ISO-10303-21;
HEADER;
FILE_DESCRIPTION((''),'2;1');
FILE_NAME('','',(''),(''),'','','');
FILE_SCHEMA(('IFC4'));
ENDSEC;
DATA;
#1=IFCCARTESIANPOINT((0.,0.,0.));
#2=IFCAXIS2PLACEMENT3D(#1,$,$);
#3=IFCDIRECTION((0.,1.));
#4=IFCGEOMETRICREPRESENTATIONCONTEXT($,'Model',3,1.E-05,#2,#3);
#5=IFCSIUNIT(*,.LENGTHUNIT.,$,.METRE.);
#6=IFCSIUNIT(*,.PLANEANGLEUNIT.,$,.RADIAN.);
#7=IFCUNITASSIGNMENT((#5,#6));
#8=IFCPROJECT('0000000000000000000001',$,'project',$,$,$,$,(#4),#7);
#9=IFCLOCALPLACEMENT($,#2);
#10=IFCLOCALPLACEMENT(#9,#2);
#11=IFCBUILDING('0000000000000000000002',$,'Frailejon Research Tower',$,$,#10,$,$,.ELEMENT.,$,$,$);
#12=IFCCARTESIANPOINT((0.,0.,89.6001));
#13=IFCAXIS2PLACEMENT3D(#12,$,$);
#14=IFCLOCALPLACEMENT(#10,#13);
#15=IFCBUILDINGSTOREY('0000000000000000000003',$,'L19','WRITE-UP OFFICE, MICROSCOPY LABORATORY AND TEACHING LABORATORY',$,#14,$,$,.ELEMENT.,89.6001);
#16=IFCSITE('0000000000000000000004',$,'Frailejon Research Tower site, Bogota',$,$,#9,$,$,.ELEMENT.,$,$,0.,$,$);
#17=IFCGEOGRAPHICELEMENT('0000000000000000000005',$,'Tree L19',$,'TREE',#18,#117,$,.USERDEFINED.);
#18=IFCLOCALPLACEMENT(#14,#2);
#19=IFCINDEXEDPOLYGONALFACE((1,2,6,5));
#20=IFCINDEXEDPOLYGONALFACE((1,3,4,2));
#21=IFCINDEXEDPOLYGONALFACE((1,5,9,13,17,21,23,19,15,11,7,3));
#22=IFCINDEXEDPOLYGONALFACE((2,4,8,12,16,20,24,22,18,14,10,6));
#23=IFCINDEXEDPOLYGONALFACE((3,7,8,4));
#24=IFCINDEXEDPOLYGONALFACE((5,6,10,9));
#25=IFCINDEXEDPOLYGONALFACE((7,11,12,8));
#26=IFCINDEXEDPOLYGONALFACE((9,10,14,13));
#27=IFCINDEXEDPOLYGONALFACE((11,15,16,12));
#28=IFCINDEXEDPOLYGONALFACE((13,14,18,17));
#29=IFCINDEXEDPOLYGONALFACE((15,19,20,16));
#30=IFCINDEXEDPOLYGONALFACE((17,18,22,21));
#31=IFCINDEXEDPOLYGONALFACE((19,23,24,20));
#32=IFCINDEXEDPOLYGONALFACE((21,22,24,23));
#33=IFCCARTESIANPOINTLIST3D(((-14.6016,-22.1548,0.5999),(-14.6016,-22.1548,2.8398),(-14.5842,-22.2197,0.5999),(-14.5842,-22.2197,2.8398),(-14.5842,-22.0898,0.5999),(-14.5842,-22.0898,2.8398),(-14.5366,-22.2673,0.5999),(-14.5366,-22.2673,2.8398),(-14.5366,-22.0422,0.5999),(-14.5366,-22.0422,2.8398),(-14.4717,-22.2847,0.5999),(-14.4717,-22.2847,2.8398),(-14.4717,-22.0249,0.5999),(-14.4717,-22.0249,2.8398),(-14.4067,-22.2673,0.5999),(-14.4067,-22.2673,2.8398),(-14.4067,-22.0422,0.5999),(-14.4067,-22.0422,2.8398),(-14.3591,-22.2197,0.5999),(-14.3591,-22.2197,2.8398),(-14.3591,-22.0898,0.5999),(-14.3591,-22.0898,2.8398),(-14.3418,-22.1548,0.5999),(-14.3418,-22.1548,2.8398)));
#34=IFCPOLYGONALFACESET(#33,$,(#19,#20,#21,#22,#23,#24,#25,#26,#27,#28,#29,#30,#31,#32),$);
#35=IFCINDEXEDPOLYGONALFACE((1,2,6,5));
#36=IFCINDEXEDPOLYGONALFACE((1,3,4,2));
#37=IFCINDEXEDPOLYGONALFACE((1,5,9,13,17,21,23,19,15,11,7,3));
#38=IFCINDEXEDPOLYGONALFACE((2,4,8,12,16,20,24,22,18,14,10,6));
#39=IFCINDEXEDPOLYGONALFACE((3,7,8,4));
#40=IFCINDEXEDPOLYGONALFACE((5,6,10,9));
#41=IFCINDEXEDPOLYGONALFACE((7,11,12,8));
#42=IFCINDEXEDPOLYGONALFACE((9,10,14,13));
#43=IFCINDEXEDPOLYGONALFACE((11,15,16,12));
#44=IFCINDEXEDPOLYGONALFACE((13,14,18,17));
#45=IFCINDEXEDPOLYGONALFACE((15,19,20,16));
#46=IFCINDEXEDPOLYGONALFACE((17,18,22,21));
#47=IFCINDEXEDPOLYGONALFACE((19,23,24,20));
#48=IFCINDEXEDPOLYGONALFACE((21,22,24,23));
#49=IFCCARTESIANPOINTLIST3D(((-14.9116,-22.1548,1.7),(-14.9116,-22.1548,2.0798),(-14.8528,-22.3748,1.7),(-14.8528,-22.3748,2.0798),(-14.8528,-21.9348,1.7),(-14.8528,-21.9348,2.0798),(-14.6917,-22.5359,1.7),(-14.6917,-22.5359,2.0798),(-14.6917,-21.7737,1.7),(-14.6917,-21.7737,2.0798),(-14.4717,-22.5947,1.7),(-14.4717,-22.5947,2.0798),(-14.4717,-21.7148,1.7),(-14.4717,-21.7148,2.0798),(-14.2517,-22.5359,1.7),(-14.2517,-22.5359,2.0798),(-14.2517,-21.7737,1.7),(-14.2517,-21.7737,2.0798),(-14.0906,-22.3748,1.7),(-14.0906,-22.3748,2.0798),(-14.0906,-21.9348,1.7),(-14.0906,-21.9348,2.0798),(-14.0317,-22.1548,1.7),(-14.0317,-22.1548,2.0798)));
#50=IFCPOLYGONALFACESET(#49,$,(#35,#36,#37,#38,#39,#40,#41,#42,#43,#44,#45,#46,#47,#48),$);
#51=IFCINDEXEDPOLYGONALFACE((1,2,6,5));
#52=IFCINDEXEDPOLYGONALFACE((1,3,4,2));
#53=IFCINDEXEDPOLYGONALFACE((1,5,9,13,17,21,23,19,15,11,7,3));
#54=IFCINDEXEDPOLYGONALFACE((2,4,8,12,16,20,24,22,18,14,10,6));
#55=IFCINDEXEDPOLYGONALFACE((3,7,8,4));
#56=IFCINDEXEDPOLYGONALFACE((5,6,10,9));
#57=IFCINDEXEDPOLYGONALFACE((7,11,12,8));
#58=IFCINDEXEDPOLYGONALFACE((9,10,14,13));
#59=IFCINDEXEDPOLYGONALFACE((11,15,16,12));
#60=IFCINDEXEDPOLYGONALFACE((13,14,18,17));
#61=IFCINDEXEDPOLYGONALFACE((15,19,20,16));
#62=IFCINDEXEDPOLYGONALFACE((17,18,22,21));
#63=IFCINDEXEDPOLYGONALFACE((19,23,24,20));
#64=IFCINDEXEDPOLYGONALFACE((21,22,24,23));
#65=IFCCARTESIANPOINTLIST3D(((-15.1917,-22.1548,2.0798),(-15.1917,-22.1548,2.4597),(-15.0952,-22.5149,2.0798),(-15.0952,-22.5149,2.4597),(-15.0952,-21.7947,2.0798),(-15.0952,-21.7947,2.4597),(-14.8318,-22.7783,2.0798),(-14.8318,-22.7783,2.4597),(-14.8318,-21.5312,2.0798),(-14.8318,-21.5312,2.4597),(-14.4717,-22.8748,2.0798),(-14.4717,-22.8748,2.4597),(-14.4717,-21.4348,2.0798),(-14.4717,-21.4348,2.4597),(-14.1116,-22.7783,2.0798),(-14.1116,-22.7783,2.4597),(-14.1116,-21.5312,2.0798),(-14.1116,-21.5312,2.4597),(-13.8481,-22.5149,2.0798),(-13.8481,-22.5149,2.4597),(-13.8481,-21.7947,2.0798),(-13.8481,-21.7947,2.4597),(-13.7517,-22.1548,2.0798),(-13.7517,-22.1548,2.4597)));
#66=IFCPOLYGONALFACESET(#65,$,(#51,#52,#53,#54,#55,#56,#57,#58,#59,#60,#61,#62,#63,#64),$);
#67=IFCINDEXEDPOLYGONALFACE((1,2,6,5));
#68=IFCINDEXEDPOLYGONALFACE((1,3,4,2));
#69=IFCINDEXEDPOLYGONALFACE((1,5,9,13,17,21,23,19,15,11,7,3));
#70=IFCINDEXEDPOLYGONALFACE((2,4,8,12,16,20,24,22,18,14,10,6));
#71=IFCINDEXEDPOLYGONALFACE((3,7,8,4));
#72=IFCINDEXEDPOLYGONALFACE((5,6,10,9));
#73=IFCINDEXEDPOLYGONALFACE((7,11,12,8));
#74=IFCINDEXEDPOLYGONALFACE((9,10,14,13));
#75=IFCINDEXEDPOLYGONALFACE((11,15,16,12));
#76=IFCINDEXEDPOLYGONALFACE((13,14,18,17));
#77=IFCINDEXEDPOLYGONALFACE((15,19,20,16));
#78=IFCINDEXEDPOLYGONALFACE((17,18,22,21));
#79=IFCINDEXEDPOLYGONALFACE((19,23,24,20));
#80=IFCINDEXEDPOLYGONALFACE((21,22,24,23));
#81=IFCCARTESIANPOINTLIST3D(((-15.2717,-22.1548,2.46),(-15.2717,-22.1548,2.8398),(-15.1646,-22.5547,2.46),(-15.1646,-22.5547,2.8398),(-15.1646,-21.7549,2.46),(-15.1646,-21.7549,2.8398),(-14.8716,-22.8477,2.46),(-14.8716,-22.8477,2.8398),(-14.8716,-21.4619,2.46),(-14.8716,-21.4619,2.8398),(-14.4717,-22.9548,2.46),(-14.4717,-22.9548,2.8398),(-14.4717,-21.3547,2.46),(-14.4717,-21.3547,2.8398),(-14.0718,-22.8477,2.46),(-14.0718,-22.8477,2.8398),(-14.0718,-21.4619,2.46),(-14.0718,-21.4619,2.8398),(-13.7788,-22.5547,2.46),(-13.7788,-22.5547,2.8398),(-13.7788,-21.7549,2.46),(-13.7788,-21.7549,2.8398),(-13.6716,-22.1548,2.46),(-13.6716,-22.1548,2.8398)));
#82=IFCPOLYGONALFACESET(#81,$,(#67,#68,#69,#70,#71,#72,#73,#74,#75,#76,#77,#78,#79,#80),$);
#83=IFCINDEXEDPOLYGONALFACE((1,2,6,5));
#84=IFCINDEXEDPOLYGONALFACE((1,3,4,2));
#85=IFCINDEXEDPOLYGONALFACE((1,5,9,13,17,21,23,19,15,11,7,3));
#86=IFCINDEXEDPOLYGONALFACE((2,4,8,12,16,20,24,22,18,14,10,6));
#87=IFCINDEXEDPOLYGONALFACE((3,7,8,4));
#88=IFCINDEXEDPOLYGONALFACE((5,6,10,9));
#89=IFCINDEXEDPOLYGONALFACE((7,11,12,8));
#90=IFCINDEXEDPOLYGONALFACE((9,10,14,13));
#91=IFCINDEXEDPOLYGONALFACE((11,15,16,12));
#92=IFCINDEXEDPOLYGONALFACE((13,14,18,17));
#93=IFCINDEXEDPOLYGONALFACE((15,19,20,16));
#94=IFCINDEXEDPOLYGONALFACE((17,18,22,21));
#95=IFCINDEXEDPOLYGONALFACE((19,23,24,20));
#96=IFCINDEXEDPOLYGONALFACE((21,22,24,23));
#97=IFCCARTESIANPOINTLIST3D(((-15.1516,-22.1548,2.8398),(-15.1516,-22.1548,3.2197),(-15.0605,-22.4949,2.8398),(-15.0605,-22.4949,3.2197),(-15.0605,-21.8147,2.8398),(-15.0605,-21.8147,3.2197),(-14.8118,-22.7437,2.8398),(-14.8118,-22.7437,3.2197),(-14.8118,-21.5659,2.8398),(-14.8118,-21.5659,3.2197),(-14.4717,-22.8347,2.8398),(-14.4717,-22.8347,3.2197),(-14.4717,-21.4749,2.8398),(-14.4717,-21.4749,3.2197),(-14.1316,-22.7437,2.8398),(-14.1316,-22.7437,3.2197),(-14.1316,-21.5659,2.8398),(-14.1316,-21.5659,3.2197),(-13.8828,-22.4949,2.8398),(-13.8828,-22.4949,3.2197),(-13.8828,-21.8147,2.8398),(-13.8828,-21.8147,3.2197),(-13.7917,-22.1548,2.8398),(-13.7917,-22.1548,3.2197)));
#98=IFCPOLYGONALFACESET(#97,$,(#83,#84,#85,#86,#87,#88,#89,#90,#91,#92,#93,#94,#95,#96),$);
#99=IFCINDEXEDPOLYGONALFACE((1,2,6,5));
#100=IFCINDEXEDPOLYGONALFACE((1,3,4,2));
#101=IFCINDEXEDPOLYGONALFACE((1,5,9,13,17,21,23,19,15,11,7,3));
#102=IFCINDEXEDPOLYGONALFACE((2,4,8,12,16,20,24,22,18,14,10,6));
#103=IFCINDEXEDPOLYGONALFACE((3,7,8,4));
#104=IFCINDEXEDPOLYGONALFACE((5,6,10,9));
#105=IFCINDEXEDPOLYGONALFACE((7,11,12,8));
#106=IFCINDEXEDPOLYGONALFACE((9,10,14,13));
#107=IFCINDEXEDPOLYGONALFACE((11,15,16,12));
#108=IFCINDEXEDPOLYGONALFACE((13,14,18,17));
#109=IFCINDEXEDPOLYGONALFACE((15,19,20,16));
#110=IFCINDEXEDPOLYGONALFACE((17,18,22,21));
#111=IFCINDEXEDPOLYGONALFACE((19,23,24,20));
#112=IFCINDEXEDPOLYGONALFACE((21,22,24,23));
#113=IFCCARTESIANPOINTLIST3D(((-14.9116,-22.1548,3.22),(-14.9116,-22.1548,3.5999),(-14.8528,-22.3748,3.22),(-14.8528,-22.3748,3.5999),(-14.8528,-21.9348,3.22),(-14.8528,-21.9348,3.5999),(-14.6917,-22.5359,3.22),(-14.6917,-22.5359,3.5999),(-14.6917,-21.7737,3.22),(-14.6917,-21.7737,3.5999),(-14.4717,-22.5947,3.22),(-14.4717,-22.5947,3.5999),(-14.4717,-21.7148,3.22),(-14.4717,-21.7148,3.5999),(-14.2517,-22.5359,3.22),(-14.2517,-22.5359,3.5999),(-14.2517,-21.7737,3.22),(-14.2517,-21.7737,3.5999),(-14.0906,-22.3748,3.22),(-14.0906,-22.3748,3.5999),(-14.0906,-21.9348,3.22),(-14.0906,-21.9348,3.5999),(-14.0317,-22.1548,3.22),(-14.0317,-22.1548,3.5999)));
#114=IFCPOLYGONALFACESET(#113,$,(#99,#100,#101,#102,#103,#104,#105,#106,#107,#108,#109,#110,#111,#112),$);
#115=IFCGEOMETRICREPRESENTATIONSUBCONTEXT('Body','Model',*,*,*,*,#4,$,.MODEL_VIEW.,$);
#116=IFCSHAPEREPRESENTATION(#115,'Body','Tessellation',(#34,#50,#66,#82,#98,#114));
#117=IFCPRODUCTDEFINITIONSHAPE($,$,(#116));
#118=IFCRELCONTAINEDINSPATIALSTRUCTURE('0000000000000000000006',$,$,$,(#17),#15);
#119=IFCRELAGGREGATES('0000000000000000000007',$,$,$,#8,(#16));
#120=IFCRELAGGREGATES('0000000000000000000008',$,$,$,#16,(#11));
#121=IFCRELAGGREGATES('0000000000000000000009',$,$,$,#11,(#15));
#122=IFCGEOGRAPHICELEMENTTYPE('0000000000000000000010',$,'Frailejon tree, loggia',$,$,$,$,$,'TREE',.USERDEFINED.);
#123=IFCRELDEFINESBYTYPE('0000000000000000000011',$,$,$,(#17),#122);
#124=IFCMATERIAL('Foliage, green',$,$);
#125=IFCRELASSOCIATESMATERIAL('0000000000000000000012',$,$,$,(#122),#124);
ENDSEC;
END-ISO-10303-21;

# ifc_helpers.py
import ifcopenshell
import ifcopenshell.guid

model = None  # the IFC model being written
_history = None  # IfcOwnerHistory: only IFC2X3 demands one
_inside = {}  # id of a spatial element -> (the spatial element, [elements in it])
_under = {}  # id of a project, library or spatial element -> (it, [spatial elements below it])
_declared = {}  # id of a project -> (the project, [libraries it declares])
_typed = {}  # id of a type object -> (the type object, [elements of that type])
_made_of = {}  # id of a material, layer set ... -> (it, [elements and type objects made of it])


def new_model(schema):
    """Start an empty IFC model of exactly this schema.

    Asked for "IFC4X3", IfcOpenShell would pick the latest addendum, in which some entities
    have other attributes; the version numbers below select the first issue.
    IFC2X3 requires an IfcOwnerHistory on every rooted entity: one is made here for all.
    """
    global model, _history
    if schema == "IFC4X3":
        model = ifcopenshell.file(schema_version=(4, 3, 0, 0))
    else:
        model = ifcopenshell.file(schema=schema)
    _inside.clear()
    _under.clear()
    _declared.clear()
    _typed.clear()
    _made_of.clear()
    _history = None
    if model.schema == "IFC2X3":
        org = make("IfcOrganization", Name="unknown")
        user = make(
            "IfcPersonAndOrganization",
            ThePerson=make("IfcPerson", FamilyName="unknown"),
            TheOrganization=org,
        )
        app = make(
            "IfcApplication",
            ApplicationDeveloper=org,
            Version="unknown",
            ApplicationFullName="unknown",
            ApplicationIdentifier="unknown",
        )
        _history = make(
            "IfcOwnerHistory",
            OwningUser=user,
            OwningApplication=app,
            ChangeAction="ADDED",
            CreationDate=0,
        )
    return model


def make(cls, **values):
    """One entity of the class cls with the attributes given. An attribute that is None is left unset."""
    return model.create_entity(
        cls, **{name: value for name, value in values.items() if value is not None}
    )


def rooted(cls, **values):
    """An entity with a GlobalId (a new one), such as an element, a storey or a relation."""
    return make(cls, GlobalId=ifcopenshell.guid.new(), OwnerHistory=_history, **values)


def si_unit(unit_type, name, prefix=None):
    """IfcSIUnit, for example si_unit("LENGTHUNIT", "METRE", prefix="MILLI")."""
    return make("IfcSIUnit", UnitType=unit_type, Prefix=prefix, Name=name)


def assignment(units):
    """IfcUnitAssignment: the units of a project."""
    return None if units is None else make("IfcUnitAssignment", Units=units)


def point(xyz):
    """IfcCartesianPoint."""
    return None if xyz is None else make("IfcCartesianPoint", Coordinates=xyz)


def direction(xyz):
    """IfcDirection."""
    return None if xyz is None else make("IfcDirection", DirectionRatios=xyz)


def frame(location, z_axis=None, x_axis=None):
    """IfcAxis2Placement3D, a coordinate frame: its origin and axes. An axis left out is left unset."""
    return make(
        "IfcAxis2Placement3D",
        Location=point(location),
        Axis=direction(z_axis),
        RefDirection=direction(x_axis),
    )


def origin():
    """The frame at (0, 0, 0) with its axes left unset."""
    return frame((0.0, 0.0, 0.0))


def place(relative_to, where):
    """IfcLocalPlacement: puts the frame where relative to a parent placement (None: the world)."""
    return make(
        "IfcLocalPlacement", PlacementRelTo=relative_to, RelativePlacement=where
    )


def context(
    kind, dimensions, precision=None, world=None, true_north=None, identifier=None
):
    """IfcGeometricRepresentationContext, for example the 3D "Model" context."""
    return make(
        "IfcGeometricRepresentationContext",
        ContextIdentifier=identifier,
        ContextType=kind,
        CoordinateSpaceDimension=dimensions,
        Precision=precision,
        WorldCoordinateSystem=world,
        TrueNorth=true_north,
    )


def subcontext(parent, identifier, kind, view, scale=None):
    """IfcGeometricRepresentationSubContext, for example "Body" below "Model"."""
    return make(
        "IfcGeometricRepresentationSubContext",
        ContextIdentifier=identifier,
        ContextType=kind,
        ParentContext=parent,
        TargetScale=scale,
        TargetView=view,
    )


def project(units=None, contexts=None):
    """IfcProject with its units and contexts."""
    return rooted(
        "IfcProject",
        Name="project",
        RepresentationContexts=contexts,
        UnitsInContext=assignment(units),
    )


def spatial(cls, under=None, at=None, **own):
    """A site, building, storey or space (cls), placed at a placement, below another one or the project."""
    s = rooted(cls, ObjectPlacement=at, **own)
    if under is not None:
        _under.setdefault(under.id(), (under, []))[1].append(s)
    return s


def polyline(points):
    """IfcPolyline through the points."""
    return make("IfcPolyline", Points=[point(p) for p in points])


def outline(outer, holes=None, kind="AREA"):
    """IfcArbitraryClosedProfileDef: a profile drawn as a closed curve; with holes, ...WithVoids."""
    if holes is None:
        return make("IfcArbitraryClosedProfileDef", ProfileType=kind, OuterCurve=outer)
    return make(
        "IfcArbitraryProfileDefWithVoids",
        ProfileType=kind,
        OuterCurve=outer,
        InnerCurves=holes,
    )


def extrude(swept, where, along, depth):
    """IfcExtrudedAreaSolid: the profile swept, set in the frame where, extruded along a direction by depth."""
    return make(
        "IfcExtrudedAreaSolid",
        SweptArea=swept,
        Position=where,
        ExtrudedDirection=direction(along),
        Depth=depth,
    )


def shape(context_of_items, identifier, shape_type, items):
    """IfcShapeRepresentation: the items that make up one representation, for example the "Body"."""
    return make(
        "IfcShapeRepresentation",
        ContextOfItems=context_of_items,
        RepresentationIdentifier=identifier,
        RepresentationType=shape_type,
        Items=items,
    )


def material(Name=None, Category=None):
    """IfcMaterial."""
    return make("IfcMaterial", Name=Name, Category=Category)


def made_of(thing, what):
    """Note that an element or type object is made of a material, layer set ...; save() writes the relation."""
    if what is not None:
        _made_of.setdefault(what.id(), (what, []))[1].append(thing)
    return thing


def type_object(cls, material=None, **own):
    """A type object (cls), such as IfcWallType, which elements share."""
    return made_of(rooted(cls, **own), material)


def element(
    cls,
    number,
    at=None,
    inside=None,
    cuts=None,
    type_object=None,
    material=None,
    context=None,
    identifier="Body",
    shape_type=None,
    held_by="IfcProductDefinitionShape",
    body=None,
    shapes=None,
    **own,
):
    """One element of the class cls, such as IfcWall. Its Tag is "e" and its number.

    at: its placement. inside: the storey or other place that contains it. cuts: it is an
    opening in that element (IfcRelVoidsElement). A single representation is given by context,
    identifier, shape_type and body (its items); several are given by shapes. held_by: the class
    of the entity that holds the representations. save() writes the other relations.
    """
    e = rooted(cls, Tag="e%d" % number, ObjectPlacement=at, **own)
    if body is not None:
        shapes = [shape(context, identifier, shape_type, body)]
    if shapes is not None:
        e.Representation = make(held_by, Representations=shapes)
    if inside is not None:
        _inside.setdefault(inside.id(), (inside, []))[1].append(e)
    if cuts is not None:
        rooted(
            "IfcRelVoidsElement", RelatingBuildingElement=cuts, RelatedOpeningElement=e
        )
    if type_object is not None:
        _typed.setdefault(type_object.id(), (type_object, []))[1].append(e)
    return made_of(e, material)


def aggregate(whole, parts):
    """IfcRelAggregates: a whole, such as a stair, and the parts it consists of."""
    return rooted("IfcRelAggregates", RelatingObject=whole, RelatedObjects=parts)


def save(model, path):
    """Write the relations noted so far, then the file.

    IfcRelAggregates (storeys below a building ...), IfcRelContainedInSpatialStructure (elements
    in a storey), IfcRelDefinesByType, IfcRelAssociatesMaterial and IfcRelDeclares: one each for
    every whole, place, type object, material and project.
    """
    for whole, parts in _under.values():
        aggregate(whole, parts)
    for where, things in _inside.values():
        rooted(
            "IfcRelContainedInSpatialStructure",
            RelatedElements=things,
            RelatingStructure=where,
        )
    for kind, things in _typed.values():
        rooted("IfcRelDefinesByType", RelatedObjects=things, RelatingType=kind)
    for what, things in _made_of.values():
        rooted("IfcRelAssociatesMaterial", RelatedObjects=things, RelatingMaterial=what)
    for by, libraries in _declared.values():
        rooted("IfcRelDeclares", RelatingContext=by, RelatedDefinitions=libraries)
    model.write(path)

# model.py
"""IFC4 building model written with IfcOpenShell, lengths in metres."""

from ifc_helpers import new_model, si_unit, direction, frame, origin, place, context, subcontext, project, spatial, polyline, outline, extrude, material, type_object, element, save


model = new_model("IFC4")

# Units and contexts
model_context = context("Model", 3, precision=1e-05, world=origin(), true_north=direction((0.0, 1.0)))
body_context = subcontext(model_context, "Body", "Model", "MODEL_VIEW")
ifc_project = project(units=[si_unit("LENGTHUNIT", "METRE"), si_unit("PLANEANGLEUNIT", "RADIAN")], contexts=[model_context])

# Site, building, storey
site_placement = place(None, origin())
site = spatial("IfcSite", under=ifc_project, at=site_placement, Name="Frailejon Research Tower site, Bogota", CompositionType="ELEMENT", RefElevation=0.0)
building_placement = place(site_placement, origin())
building = spatial("IfcBuilding", under=site, at=building_placement, Name="Frailejon Research Tower", CompositionType="ELEMENT")
storey_placement = place(building_placement, frame((0.0, 0.0, 89.6001)))
storey = spatial("IfcBuildingStorey", under=building, at=storey_placement, Name="L19", Description="WRITE-UP OFFICE, MICROSCOPY LABORATORY AND TEACHING LABORATORY", CompositionType="ELEMENT", Elevation=89.6001)

# Geographic element
ifc_material_1 = material(Name="Foliage, green")
geographic_element_type = type_object("IfcGeographicElementType", Name="Frailejon tree, loggia", ElementType="TREE", PredefinedType="USERDEFINED", material=ifc_material_1)
geographic_element_placement = place(storey_placement, frame((-14.4717, -22.1548, 0.5999)))
element("IfcGeographicElement", 1, at=geographic_element_placement, inside=storey, type_object=geographic_element_type, Name="Tree L19", ObjectType="TREE", PredefinedType="USERDEFINED", context=body_context, shape_type="SweptSolid", body=[
    extrude(outline(polyline([(0.1299, 0.0), (0.1125, 0.0649), (0.0649, 0.1125), (0.0, 0.1299), (-0.0649, 0.1125), (-0.1125, 0.0649), (-0.1299, 0.0), (-0.1125, -0.0649), (-0.0649, -0.1125), (0.0, -0.1299), (0.0649, -0.1125), (0.1125, -0.0649), (0.1299, 0.0)])), origin(), (0.0, 0.0, 1.0), 2.24),
    extrude(outline(polyline([(0.4399, 0.0), (0.3811, 0.22), (0.22, 0.3811), (0.0, 0.4399), (-0.22, 0.3811), (-0.3811, 0.22), (-0.4399, 0.0), (-0.3811, -0.22), (-0.22, -0.3811), (0.0, -0.4399), (0.22, -0.3811), (0.3811, -0.22), (0.4399, 0.0)])), frame((0.0, 0.0, 1.1001)), (0.0, 0.0, 1.0), 0.3799),
    extrude(outline(polyline([(0.72, 0.0), (0.6235, 0.3601), (0.3601, 0.6235), (0.0, 0.72), (-0.3601, 0.6235), (-0.6235, 0.3601), (-0.72, 0.0), (-0.6235, -0.3601), (-0.3601, -0.6235), (0.0, -0.72), (0.3601, -0.6235), (0.6235, -0.3601), (0.72, 0.0)])), frame((0.0, 0.0, 1.48)), (0.0, 0.0, 1.0), 0.3799),
    extrude(outline(polyline([(0.8, 0.0), (0.6929, 0.3999), (0.3999, 0.6929), (0.0, 0.8), (-0.3999, 0.6929), (-0.6929, 0.3999), (-0.8, 0.0), (-0.6929, -0.3999), (-0.3999, -0.6929), (0.0, -0.8), (0.3999, -0.6929), (0.6929, -0.3999), (0.8, 0.0)])), frame((0.0, 0.0, 1.8601)), (0.0, 0.0, 1.0), 0.3799),
    extrude(outline(polyline([(0.6799, 0.0), (0.5889, 0.3401), (0.3401, 0.5889), (0.0, 0.6799), (-0.3401, 0.5889), (-0.5889, 0.3401), (-0.6799, 0.0), (-0.5889, -0.3401), (-0.3401, -0.5889), (0.0, -0.6799), (0.3401, -0.5889), (0.5889, -0.3401), (0.6799, 0.0)])), frame((0.0, 0.0, 2.24)), (0.0, 0.0, 1.0), 0.3799),
    extrude(outline(polyline([(0.4399, 0.0), (0.3811, 0.22), (0.22, 0.3811), (0.0, 0.4399), (-0.22, 0.3811), (-0.3811, 0.22), (-0.4399, 0.0), (-0.3811, -0.22), (-0.22, -0.3811), (0.0, -0.4399), (0.22, -0.3811), (0.3811, -0.22), (0.4399, 0.0)])), frame((0.0, 0.0, 2.6201)), (0.0, 0.0, 1.0), 0.3799),
])

save(model, "model.ifc")
